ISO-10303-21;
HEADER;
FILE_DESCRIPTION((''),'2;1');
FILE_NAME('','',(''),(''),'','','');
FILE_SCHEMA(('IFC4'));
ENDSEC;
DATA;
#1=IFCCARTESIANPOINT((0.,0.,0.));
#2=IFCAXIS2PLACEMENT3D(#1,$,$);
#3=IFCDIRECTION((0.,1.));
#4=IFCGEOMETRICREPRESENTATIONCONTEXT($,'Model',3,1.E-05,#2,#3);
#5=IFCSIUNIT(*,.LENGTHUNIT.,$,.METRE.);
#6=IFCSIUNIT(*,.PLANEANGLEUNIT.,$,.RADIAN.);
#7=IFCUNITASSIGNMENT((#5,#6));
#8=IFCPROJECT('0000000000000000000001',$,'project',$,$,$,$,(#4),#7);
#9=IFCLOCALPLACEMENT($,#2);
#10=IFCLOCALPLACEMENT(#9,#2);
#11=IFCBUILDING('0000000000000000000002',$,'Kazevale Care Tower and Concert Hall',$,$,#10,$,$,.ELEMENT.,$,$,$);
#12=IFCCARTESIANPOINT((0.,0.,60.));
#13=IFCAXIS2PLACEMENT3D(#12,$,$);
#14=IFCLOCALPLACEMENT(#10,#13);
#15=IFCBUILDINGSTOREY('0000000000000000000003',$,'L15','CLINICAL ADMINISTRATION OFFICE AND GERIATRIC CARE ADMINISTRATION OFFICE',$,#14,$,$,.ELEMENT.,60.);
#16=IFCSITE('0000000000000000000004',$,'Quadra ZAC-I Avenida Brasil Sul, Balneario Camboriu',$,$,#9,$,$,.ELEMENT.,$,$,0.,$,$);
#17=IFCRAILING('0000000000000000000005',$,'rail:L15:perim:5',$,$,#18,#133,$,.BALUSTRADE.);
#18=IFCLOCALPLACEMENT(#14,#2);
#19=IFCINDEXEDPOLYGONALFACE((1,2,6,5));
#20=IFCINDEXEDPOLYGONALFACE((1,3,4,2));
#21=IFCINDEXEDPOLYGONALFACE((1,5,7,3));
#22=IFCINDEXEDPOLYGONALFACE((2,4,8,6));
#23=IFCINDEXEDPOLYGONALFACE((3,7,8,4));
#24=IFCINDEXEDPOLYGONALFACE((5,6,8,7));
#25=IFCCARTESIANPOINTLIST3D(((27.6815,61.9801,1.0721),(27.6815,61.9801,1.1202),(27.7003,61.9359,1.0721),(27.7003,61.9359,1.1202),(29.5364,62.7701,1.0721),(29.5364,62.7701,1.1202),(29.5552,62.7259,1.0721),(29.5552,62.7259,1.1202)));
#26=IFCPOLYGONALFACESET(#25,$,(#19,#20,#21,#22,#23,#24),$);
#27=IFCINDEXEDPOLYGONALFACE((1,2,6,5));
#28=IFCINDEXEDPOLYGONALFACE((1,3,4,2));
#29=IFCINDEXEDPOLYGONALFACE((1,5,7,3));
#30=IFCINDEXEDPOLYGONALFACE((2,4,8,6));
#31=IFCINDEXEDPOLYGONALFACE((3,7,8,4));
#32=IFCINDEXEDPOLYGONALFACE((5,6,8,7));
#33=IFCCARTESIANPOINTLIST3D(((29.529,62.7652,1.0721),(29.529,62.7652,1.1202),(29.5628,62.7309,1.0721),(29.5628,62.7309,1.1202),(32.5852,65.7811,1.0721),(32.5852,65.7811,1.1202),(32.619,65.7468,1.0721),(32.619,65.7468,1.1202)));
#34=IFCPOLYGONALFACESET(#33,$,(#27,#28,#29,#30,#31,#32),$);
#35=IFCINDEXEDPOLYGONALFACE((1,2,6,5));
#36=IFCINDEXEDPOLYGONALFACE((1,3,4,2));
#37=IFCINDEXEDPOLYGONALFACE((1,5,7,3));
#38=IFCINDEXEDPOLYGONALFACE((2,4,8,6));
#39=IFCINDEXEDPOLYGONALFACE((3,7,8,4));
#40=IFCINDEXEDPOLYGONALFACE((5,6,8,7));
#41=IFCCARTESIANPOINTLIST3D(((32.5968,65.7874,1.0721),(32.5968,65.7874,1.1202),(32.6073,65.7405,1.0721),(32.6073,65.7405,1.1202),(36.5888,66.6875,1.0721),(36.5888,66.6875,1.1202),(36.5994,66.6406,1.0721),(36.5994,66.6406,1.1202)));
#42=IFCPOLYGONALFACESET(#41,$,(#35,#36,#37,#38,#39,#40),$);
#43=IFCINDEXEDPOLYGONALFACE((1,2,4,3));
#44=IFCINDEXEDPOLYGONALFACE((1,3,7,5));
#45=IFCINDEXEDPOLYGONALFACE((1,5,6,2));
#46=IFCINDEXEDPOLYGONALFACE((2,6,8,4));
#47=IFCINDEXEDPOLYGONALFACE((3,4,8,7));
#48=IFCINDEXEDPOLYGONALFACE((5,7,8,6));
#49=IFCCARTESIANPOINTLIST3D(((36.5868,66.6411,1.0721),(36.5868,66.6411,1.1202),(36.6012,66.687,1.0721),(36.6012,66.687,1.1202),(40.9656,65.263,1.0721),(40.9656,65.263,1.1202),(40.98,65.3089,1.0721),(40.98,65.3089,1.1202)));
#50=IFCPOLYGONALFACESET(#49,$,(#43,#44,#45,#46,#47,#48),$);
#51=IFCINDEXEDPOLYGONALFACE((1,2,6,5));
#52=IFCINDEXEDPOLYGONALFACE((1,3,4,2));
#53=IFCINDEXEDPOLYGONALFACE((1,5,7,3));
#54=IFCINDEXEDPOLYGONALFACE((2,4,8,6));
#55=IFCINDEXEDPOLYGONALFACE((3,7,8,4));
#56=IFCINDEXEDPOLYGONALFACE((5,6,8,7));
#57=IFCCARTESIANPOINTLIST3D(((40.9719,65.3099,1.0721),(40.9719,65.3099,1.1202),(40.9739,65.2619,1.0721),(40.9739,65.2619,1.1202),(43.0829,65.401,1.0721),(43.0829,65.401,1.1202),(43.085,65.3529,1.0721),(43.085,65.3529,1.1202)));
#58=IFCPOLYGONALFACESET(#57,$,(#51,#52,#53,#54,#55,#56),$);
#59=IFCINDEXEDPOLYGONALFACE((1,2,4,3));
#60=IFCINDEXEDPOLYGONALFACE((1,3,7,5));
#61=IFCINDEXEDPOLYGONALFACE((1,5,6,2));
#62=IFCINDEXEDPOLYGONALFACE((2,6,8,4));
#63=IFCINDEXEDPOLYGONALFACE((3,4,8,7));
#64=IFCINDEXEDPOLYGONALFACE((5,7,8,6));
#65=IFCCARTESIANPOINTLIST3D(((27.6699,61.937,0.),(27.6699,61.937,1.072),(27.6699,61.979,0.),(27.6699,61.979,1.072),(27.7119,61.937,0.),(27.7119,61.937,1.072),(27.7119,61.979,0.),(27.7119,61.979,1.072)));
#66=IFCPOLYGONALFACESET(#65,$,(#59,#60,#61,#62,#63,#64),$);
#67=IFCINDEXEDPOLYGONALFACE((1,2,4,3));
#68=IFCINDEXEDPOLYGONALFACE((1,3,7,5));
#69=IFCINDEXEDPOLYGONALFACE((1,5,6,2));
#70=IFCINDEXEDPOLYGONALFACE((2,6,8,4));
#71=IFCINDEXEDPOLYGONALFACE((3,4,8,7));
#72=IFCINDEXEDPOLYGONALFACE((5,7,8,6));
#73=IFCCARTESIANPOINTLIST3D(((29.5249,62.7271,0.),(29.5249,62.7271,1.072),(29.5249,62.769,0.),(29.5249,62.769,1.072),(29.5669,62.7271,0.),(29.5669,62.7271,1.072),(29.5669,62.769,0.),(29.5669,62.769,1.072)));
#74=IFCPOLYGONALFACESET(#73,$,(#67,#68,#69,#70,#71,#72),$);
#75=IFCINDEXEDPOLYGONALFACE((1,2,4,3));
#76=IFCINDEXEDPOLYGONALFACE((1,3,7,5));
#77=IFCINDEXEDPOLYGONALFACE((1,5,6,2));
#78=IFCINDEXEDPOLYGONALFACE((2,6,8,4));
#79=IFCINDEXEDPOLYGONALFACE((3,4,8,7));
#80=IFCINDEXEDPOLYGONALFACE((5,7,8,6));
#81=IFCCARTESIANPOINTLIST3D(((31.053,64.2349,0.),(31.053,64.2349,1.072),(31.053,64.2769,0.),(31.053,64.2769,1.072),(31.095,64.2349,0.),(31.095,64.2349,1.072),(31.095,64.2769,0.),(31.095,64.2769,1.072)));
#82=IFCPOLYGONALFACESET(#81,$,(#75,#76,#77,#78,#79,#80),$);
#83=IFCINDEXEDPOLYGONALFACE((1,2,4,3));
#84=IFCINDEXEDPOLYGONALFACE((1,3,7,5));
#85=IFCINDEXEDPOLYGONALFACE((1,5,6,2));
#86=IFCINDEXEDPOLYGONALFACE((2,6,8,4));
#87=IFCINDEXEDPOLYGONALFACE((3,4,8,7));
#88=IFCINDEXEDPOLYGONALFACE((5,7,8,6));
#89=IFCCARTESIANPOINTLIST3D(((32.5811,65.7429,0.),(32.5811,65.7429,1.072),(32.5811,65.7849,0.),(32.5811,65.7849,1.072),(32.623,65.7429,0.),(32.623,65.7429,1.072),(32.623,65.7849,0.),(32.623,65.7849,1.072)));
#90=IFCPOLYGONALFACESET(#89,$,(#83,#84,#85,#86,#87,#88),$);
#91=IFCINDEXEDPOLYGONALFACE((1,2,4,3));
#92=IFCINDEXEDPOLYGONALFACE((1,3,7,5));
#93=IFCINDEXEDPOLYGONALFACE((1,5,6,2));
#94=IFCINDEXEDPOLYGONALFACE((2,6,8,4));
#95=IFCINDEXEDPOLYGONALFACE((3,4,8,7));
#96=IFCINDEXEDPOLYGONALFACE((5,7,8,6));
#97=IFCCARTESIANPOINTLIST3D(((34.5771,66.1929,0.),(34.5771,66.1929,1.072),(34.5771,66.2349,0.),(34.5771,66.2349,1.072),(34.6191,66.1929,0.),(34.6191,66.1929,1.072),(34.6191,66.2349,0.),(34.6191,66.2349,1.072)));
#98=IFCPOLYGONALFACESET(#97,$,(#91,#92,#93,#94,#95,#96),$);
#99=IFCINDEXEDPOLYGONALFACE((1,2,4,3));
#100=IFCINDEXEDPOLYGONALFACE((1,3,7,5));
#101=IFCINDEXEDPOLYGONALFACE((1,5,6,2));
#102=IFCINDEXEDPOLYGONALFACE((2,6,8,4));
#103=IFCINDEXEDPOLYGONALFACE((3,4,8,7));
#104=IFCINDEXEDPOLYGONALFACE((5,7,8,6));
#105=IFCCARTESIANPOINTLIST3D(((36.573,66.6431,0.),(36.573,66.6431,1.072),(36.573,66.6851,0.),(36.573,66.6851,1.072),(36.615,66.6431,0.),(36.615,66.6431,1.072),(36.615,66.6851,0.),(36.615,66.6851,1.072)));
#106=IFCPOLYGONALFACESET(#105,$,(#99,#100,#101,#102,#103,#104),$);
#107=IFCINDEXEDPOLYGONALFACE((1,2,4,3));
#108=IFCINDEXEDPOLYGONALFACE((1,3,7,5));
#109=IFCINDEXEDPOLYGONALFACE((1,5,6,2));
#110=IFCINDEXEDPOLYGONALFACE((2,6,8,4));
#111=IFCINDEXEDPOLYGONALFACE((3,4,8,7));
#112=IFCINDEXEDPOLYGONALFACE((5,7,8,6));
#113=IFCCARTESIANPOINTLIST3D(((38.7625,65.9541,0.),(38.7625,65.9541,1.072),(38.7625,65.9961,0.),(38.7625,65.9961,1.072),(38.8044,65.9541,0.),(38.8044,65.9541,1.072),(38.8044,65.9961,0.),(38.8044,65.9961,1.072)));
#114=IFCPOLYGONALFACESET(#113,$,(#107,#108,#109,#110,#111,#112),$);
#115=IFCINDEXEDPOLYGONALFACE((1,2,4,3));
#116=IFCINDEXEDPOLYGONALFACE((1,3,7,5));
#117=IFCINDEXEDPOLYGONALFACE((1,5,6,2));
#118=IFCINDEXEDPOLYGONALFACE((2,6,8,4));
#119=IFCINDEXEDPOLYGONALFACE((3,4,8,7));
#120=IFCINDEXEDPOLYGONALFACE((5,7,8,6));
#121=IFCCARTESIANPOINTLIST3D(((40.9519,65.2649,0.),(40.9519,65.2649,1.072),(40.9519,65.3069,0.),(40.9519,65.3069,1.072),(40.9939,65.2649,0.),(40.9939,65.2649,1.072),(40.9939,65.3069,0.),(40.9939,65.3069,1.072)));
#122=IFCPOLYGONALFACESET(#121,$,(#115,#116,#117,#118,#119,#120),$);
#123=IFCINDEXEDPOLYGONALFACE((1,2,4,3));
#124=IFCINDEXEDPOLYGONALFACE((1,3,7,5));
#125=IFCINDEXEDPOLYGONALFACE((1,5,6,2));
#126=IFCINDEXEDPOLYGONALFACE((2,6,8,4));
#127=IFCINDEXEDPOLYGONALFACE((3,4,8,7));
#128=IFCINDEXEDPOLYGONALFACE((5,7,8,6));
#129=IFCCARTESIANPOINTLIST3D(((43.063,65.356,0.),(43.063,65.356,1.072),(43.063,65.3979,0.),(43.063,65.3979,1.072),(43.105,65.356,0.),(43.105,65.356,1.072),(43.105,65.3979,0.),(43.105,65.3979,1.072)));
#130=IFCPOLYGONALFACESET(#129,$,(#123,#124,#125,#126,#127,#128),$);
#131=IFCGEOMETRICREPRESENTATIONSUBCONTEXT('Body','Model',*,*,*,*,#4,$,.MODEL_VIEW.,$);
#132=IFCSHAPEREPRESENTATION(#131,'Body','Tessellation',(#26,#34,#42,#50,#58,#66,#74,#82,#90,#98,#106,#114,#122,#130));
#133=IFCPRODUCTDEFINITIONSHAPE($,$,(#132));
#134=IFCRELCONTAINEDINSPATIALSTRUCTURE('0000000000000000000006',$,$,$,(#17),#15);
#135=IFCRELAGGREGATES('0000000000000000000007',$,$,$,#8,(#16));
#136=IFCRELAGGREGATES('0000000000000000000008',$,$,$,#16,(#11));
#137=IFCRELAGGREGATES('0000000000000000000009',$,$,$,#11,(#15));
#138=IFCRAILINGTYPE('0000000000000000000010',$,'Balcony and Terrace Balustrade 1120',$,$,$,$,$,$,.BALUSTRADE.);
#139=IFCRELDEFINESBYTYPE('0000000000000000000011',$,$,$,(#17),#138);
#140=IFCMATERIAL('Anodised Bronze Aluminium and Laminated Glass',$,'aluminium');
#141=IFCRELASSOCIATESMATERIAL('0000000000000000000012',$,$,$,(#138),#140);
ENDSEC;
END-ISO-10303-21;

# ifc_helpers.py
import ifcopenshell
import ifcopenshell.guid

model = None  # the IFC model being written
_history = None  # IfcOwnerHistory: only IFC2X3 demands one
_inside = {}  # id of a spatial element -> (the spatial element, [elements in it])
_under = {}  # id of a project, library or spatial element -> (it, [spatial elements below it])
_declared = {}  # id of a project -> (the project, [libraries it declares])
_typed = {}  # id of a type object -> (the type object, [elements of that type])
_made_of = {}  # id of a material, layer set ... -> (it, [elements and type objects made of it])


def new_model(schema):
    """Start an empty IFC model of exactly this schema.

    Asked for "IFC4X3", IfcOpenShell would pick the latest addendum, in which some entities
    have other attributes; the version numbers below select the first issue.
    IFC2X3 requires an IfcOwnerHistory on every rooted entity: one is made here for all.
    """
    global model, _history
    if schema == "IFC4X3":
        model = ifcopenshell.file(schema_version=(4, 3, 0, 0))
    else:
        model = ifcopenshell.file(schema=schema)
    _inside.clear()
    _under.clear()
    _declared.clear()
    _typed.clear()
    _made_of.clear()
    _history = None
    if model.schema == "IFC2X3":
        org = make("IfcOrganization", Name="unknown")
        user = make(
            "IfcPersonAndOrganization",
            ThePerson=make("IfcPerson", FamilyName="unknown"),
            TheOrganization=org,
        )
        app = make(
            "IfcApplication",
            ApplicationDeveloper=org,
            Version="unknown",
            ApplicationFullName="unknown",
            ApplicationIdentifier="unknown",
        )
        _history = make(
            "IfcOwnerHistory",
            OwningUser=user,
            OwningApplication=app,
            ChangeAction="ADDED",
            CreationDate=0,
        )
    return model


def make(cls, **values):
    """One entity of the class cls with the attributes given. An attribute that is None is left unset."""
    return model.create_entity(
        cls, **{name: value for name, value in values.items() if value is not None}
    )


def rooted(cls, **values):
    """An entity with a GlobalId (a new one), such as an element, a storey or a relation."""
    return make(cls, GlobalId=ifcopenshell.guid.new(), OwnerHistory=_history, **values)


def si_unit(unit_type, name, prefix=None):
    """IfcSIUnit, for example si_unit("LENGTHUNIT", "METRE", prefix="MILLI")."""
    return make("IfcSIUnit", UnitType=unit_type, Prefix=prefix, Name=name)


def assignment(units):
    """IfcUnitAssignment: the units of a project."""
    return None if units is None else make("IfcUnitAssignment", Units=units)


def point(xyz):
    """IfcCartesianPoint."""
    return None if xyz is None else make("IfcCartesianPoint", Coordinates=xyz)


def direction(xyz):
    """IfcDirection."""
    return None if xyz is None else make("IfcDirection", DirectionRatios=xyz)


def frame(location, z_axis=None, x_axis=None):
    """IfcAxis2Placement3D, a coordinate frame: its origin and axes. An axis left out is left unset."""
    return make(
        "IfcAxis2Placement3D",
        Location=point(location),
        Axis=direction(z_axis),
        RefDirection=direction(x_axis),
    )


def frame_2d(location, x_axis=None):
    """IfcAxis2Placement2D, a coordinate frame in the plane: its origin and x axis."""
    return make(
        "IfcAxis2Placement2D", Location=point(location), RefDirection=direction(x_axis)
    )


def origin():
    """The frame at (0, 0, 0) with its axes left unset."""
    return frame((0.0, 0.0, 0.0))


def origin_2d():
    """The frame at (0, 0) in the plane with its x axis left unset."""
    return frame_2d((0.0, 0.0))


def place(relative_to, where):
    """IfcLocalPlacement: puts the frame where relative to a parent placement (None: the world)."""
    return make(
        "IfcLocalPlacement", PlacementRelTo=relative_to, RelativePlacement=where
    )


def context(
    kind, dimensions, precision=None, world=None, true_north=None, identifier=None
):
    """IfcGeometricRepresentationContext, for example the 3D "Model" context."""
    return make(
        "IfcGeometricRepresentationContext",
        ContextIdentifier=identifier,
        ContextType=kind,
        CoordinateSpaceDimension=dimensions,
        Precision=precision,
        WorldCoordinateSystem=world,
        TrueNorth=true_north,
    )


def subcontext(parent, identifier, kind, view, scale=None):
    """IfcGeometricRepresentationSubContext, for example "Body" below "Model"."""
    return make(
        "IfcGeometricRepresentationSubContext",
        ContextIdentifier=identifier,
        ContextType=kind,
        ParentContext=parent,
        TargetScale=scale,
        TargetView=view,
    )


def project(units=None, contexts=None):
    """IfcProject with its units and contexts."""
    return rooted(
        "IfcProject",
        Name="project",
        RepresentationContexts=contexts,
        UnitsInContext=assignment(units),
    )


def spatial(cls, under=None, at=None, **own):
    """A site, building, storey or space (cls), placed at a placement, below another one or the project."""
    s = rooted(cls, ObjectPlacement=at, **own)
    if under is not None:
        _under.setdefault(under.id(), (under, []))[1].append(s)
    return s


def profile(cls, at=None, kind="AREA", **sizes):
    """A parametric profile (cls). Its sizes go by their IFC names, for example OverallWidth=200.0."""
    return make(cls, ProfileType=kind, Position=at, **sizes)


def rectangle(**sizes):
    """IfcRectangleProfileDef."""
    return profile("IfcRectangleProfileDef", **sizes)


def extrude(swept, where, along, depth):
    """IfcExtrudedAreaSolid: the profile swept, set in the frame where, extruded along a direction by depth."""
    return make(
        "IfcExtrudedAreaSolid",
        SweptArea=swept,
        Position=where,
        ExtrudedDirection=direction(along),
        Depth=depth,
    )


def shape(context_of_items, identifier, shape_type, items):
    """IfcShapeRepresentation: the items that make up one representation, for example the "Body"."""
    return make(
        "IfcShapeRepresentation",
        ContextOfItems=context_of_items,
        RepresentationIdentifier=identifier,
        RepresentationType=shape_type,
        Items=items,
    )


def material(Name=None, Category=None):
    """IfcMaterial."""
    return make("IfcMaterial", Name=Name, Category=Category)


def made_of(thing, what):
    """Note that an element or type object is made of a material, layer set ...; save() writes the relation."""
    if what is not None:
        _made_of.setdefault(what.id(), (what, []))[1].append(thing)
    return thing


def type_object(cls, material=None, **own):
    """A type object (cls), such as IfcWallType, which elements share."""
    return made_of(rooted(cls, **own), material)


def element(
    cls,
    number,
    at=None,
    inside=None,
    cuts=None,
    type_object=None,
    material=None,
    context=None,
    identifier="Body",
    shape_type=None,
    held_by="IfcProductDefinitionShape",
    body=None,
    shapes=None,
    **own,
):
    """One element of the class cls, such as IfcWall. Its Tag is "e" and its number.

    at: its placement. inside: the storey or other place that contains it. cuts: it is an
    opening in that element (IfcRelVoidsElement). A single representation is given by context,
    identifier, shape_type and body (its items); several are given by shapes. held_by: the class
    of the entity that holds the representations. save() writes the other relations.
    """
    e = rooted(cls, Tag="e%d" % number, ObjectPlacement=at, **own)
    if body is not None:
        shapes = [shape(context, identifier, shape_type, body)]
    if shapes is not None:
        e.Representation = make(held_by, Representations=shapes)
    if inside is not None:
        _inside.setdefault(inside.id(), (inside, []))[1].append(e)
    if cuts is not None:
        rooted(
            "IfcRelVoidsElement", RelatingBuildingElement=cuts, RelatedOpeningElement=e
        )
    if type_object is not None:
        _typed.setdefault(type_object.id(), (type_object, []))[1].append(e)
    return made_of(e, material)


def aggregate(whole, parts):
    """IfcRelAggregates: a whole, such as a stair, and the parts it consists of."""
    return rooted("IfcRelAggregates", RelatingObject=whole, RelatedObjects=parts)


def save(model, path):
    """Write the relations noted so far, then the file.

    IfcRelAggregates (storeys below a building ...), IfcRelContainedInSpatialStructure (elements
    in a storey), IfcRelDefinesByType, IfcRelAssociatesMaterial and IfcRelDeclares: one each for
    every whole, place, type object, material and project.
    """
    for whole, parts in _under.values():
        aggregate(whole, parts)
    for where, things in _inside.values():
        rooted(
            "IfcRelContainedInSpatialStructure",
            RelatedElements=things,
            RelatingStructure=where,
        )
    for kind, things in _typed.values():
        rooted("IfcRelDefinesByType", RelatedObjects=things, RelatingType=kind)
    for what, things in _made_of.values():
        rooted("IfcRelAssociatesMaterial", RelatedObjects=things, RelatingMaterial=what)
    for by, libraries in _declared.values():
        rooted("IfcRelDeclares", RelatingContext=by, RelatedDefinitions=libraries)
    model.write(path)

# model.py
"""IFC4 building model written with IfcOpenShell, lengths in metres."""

from ifc_helpers import new_model, si_unit, direction, frame, origin, origin_2d, place, context, subcontext, project, spatial, rectangle, extrude, material, type_object, element, save


model = new_model("IFC4")

# Units and contexts
model_context = context("Model", 3, precision=1e-05, world=origin(), true_north=direction((0.0, 1.0)))
body_context = subcontext(model_context, "Body", "Model", "MODEL_VIEW")
ifc_project = project(units=[si_unit("LENGTHUNIT", "METRE"), si_unit("PLANEANGLEUNIT", "RADIAN")], contexts=[model_context])

# Site, building, storey
site_placement = place(None, origin())
site = spatial("IfcSite", under=ifc_project, at=site_placement, Name="Quadra ZAC-I Avenida Brasil Sul, Balneario Camboriu", CompositionType="ELEMENT", RefElevation=0.0)
building_placement = place(site_placement, origin())
building = spatial("IfcBuilding", under=site, at=building_placement, Name="Kazevale Care Tower and Concert Hall", CompositionType="ELEMENT")
storey_placement = place(building_placement, frame((0.0, 0.0, 60.0)))
storey = spatial("IfcBuildingStorey", under=building, at=storey_placement, Name="L15", Description="CLINICAL ADMINISTRATION OFFICE AND GERIATRIC CARE ADMINISTRATION OFFICE", CompositionType="ELEMENT", Elevation=60.0)

# Railing
ifc_material_1 = material(Name="Anodised Bronze Aluminium and Laminated Glass", Category="aluminium")
railing_type = type_object("IfcRailingType", Name="Balcony and Terrace Balustrade 1120", PredefinedType="BALUSTRADE", material=ifc_material_1)
railing_1_placement = place(storey_placement, frame((27.6909, 61.958, 0.0)))
element("IfcRailing", 1, at=railing_1_placement, inside=storey, type_object=railing_type, Name="rail:L15:perim:5", PredefinedType="BALUSTRADE", context=body_context, shape_type="SweptSolid", body=[
    extrude(rectangle(XDim=0.0481, YDim=0.0481, at=origin_2d()), frame((0.0, 0.0, 1.0962), z_axis=(0.920032, 0.391843, 0.0), x_axis=(-0.391843, 0.920032, 0.0)), (0.0, 0.0, 1.0), 2.0161),
    extrude(rectangle(XDim=0.0481, YDim=0.0481, at=origin_2d()), frame((1.855, 0.79, 1.0962), z_axis=(0.711782, 0.7024, 0.0), x_axis=(-0.7024, 0.711782, 0.0)), (0.0, 0.0, 1.0), 4.2937),
    extrude(rectangle(XDim=0.0481, YDim=0.0481, at=origin_2d()), frame((4.9111, 3.8059, 1.0962), z_axis=(0.975507, 0.219968, 0.0), x_axis=(-0.219968, 0.975507, 0.0)), (0.0, 0.0, 1.0), 4.0923),
    extrude(rectangle(XDim=0.0481, YDim=0.0481, at=origin_2d()), frame((8.9031, 4.7061, 1.0962), z_axis=(0.953872, -0.300212, 0.0), x_axis=(0.300212, 0.953872, 0.0)), (0.0, 0.0, 1.0), 4.5906),
    extrude(rectangle(XDim=0.0481, YDim=0.0481, at=origin_2d()), frame((13.282, 3.3279, 1.0962), z_axis=(0.999071, 0.043096, 0.0), x_axis=(-0.043096, 0.999071, 0.0)), (0.0, 0.0, 1.0), 2.113),
    extrude(rectangle(XDim=0.042, YDim=0.042, at=origin_2d()), origin(), (0.0, 0.0, 1.0), 1.072),
    extrude(rectangle(XDim=0.042, YDim=0.042, at=origin_2d()), frame((1.855, 0.79, 0.0)), (0.0, 0.0, 1.0), 1.072),
    extrude(rectangle(XDim=0.042, YDim=0.042, at=origin_2d()), frame((3.3831, 2.2979, 0.0)), (0.0, 0.0, 1.0), 1.072),
    extrude(rectangle(XDim=0.042, YDim=0.042, at=origin_2d()), frame((4.9111, 3.8059, 0.0)), (0.0, 0.0, 1.0), 1.072),
    extrude(rectangle(XDim=0.042, YDim=0.042, at=origin_2d()), frame((6.9072, 4.2559, 0.0)), (0.0, 0.0, 1.0), 1.072),
    extrude(rectangle(XDim=0.042, YDim=0.042, at=origin_2d()), frame((8.9031, 4.7061, 0.0)), (0.0, 0.0, 1.0), 1.072),
    extrude(rectangle(XDim=0.042, YDim=0.042, at=origin_2d()), frame((11.0925, 4.0171, 0.0)), (0.0, 0.0, 1.0), 1.072),
    extrude(rectangle(XDim=0.042, YDim=0.042, at=origin_2d()), frame((13.282, 3.3279, 0.0)), (0.0, 0.0, 1.0), 1.072),
    extrude(rectangle(XDim=0.042, YDim=0.042, at=origin_2d()), frame((15.3931, 3.4189, 0.0)), (0.0, 0.0, 1.0), 1.072),
])

save(model, "model.ifc")
